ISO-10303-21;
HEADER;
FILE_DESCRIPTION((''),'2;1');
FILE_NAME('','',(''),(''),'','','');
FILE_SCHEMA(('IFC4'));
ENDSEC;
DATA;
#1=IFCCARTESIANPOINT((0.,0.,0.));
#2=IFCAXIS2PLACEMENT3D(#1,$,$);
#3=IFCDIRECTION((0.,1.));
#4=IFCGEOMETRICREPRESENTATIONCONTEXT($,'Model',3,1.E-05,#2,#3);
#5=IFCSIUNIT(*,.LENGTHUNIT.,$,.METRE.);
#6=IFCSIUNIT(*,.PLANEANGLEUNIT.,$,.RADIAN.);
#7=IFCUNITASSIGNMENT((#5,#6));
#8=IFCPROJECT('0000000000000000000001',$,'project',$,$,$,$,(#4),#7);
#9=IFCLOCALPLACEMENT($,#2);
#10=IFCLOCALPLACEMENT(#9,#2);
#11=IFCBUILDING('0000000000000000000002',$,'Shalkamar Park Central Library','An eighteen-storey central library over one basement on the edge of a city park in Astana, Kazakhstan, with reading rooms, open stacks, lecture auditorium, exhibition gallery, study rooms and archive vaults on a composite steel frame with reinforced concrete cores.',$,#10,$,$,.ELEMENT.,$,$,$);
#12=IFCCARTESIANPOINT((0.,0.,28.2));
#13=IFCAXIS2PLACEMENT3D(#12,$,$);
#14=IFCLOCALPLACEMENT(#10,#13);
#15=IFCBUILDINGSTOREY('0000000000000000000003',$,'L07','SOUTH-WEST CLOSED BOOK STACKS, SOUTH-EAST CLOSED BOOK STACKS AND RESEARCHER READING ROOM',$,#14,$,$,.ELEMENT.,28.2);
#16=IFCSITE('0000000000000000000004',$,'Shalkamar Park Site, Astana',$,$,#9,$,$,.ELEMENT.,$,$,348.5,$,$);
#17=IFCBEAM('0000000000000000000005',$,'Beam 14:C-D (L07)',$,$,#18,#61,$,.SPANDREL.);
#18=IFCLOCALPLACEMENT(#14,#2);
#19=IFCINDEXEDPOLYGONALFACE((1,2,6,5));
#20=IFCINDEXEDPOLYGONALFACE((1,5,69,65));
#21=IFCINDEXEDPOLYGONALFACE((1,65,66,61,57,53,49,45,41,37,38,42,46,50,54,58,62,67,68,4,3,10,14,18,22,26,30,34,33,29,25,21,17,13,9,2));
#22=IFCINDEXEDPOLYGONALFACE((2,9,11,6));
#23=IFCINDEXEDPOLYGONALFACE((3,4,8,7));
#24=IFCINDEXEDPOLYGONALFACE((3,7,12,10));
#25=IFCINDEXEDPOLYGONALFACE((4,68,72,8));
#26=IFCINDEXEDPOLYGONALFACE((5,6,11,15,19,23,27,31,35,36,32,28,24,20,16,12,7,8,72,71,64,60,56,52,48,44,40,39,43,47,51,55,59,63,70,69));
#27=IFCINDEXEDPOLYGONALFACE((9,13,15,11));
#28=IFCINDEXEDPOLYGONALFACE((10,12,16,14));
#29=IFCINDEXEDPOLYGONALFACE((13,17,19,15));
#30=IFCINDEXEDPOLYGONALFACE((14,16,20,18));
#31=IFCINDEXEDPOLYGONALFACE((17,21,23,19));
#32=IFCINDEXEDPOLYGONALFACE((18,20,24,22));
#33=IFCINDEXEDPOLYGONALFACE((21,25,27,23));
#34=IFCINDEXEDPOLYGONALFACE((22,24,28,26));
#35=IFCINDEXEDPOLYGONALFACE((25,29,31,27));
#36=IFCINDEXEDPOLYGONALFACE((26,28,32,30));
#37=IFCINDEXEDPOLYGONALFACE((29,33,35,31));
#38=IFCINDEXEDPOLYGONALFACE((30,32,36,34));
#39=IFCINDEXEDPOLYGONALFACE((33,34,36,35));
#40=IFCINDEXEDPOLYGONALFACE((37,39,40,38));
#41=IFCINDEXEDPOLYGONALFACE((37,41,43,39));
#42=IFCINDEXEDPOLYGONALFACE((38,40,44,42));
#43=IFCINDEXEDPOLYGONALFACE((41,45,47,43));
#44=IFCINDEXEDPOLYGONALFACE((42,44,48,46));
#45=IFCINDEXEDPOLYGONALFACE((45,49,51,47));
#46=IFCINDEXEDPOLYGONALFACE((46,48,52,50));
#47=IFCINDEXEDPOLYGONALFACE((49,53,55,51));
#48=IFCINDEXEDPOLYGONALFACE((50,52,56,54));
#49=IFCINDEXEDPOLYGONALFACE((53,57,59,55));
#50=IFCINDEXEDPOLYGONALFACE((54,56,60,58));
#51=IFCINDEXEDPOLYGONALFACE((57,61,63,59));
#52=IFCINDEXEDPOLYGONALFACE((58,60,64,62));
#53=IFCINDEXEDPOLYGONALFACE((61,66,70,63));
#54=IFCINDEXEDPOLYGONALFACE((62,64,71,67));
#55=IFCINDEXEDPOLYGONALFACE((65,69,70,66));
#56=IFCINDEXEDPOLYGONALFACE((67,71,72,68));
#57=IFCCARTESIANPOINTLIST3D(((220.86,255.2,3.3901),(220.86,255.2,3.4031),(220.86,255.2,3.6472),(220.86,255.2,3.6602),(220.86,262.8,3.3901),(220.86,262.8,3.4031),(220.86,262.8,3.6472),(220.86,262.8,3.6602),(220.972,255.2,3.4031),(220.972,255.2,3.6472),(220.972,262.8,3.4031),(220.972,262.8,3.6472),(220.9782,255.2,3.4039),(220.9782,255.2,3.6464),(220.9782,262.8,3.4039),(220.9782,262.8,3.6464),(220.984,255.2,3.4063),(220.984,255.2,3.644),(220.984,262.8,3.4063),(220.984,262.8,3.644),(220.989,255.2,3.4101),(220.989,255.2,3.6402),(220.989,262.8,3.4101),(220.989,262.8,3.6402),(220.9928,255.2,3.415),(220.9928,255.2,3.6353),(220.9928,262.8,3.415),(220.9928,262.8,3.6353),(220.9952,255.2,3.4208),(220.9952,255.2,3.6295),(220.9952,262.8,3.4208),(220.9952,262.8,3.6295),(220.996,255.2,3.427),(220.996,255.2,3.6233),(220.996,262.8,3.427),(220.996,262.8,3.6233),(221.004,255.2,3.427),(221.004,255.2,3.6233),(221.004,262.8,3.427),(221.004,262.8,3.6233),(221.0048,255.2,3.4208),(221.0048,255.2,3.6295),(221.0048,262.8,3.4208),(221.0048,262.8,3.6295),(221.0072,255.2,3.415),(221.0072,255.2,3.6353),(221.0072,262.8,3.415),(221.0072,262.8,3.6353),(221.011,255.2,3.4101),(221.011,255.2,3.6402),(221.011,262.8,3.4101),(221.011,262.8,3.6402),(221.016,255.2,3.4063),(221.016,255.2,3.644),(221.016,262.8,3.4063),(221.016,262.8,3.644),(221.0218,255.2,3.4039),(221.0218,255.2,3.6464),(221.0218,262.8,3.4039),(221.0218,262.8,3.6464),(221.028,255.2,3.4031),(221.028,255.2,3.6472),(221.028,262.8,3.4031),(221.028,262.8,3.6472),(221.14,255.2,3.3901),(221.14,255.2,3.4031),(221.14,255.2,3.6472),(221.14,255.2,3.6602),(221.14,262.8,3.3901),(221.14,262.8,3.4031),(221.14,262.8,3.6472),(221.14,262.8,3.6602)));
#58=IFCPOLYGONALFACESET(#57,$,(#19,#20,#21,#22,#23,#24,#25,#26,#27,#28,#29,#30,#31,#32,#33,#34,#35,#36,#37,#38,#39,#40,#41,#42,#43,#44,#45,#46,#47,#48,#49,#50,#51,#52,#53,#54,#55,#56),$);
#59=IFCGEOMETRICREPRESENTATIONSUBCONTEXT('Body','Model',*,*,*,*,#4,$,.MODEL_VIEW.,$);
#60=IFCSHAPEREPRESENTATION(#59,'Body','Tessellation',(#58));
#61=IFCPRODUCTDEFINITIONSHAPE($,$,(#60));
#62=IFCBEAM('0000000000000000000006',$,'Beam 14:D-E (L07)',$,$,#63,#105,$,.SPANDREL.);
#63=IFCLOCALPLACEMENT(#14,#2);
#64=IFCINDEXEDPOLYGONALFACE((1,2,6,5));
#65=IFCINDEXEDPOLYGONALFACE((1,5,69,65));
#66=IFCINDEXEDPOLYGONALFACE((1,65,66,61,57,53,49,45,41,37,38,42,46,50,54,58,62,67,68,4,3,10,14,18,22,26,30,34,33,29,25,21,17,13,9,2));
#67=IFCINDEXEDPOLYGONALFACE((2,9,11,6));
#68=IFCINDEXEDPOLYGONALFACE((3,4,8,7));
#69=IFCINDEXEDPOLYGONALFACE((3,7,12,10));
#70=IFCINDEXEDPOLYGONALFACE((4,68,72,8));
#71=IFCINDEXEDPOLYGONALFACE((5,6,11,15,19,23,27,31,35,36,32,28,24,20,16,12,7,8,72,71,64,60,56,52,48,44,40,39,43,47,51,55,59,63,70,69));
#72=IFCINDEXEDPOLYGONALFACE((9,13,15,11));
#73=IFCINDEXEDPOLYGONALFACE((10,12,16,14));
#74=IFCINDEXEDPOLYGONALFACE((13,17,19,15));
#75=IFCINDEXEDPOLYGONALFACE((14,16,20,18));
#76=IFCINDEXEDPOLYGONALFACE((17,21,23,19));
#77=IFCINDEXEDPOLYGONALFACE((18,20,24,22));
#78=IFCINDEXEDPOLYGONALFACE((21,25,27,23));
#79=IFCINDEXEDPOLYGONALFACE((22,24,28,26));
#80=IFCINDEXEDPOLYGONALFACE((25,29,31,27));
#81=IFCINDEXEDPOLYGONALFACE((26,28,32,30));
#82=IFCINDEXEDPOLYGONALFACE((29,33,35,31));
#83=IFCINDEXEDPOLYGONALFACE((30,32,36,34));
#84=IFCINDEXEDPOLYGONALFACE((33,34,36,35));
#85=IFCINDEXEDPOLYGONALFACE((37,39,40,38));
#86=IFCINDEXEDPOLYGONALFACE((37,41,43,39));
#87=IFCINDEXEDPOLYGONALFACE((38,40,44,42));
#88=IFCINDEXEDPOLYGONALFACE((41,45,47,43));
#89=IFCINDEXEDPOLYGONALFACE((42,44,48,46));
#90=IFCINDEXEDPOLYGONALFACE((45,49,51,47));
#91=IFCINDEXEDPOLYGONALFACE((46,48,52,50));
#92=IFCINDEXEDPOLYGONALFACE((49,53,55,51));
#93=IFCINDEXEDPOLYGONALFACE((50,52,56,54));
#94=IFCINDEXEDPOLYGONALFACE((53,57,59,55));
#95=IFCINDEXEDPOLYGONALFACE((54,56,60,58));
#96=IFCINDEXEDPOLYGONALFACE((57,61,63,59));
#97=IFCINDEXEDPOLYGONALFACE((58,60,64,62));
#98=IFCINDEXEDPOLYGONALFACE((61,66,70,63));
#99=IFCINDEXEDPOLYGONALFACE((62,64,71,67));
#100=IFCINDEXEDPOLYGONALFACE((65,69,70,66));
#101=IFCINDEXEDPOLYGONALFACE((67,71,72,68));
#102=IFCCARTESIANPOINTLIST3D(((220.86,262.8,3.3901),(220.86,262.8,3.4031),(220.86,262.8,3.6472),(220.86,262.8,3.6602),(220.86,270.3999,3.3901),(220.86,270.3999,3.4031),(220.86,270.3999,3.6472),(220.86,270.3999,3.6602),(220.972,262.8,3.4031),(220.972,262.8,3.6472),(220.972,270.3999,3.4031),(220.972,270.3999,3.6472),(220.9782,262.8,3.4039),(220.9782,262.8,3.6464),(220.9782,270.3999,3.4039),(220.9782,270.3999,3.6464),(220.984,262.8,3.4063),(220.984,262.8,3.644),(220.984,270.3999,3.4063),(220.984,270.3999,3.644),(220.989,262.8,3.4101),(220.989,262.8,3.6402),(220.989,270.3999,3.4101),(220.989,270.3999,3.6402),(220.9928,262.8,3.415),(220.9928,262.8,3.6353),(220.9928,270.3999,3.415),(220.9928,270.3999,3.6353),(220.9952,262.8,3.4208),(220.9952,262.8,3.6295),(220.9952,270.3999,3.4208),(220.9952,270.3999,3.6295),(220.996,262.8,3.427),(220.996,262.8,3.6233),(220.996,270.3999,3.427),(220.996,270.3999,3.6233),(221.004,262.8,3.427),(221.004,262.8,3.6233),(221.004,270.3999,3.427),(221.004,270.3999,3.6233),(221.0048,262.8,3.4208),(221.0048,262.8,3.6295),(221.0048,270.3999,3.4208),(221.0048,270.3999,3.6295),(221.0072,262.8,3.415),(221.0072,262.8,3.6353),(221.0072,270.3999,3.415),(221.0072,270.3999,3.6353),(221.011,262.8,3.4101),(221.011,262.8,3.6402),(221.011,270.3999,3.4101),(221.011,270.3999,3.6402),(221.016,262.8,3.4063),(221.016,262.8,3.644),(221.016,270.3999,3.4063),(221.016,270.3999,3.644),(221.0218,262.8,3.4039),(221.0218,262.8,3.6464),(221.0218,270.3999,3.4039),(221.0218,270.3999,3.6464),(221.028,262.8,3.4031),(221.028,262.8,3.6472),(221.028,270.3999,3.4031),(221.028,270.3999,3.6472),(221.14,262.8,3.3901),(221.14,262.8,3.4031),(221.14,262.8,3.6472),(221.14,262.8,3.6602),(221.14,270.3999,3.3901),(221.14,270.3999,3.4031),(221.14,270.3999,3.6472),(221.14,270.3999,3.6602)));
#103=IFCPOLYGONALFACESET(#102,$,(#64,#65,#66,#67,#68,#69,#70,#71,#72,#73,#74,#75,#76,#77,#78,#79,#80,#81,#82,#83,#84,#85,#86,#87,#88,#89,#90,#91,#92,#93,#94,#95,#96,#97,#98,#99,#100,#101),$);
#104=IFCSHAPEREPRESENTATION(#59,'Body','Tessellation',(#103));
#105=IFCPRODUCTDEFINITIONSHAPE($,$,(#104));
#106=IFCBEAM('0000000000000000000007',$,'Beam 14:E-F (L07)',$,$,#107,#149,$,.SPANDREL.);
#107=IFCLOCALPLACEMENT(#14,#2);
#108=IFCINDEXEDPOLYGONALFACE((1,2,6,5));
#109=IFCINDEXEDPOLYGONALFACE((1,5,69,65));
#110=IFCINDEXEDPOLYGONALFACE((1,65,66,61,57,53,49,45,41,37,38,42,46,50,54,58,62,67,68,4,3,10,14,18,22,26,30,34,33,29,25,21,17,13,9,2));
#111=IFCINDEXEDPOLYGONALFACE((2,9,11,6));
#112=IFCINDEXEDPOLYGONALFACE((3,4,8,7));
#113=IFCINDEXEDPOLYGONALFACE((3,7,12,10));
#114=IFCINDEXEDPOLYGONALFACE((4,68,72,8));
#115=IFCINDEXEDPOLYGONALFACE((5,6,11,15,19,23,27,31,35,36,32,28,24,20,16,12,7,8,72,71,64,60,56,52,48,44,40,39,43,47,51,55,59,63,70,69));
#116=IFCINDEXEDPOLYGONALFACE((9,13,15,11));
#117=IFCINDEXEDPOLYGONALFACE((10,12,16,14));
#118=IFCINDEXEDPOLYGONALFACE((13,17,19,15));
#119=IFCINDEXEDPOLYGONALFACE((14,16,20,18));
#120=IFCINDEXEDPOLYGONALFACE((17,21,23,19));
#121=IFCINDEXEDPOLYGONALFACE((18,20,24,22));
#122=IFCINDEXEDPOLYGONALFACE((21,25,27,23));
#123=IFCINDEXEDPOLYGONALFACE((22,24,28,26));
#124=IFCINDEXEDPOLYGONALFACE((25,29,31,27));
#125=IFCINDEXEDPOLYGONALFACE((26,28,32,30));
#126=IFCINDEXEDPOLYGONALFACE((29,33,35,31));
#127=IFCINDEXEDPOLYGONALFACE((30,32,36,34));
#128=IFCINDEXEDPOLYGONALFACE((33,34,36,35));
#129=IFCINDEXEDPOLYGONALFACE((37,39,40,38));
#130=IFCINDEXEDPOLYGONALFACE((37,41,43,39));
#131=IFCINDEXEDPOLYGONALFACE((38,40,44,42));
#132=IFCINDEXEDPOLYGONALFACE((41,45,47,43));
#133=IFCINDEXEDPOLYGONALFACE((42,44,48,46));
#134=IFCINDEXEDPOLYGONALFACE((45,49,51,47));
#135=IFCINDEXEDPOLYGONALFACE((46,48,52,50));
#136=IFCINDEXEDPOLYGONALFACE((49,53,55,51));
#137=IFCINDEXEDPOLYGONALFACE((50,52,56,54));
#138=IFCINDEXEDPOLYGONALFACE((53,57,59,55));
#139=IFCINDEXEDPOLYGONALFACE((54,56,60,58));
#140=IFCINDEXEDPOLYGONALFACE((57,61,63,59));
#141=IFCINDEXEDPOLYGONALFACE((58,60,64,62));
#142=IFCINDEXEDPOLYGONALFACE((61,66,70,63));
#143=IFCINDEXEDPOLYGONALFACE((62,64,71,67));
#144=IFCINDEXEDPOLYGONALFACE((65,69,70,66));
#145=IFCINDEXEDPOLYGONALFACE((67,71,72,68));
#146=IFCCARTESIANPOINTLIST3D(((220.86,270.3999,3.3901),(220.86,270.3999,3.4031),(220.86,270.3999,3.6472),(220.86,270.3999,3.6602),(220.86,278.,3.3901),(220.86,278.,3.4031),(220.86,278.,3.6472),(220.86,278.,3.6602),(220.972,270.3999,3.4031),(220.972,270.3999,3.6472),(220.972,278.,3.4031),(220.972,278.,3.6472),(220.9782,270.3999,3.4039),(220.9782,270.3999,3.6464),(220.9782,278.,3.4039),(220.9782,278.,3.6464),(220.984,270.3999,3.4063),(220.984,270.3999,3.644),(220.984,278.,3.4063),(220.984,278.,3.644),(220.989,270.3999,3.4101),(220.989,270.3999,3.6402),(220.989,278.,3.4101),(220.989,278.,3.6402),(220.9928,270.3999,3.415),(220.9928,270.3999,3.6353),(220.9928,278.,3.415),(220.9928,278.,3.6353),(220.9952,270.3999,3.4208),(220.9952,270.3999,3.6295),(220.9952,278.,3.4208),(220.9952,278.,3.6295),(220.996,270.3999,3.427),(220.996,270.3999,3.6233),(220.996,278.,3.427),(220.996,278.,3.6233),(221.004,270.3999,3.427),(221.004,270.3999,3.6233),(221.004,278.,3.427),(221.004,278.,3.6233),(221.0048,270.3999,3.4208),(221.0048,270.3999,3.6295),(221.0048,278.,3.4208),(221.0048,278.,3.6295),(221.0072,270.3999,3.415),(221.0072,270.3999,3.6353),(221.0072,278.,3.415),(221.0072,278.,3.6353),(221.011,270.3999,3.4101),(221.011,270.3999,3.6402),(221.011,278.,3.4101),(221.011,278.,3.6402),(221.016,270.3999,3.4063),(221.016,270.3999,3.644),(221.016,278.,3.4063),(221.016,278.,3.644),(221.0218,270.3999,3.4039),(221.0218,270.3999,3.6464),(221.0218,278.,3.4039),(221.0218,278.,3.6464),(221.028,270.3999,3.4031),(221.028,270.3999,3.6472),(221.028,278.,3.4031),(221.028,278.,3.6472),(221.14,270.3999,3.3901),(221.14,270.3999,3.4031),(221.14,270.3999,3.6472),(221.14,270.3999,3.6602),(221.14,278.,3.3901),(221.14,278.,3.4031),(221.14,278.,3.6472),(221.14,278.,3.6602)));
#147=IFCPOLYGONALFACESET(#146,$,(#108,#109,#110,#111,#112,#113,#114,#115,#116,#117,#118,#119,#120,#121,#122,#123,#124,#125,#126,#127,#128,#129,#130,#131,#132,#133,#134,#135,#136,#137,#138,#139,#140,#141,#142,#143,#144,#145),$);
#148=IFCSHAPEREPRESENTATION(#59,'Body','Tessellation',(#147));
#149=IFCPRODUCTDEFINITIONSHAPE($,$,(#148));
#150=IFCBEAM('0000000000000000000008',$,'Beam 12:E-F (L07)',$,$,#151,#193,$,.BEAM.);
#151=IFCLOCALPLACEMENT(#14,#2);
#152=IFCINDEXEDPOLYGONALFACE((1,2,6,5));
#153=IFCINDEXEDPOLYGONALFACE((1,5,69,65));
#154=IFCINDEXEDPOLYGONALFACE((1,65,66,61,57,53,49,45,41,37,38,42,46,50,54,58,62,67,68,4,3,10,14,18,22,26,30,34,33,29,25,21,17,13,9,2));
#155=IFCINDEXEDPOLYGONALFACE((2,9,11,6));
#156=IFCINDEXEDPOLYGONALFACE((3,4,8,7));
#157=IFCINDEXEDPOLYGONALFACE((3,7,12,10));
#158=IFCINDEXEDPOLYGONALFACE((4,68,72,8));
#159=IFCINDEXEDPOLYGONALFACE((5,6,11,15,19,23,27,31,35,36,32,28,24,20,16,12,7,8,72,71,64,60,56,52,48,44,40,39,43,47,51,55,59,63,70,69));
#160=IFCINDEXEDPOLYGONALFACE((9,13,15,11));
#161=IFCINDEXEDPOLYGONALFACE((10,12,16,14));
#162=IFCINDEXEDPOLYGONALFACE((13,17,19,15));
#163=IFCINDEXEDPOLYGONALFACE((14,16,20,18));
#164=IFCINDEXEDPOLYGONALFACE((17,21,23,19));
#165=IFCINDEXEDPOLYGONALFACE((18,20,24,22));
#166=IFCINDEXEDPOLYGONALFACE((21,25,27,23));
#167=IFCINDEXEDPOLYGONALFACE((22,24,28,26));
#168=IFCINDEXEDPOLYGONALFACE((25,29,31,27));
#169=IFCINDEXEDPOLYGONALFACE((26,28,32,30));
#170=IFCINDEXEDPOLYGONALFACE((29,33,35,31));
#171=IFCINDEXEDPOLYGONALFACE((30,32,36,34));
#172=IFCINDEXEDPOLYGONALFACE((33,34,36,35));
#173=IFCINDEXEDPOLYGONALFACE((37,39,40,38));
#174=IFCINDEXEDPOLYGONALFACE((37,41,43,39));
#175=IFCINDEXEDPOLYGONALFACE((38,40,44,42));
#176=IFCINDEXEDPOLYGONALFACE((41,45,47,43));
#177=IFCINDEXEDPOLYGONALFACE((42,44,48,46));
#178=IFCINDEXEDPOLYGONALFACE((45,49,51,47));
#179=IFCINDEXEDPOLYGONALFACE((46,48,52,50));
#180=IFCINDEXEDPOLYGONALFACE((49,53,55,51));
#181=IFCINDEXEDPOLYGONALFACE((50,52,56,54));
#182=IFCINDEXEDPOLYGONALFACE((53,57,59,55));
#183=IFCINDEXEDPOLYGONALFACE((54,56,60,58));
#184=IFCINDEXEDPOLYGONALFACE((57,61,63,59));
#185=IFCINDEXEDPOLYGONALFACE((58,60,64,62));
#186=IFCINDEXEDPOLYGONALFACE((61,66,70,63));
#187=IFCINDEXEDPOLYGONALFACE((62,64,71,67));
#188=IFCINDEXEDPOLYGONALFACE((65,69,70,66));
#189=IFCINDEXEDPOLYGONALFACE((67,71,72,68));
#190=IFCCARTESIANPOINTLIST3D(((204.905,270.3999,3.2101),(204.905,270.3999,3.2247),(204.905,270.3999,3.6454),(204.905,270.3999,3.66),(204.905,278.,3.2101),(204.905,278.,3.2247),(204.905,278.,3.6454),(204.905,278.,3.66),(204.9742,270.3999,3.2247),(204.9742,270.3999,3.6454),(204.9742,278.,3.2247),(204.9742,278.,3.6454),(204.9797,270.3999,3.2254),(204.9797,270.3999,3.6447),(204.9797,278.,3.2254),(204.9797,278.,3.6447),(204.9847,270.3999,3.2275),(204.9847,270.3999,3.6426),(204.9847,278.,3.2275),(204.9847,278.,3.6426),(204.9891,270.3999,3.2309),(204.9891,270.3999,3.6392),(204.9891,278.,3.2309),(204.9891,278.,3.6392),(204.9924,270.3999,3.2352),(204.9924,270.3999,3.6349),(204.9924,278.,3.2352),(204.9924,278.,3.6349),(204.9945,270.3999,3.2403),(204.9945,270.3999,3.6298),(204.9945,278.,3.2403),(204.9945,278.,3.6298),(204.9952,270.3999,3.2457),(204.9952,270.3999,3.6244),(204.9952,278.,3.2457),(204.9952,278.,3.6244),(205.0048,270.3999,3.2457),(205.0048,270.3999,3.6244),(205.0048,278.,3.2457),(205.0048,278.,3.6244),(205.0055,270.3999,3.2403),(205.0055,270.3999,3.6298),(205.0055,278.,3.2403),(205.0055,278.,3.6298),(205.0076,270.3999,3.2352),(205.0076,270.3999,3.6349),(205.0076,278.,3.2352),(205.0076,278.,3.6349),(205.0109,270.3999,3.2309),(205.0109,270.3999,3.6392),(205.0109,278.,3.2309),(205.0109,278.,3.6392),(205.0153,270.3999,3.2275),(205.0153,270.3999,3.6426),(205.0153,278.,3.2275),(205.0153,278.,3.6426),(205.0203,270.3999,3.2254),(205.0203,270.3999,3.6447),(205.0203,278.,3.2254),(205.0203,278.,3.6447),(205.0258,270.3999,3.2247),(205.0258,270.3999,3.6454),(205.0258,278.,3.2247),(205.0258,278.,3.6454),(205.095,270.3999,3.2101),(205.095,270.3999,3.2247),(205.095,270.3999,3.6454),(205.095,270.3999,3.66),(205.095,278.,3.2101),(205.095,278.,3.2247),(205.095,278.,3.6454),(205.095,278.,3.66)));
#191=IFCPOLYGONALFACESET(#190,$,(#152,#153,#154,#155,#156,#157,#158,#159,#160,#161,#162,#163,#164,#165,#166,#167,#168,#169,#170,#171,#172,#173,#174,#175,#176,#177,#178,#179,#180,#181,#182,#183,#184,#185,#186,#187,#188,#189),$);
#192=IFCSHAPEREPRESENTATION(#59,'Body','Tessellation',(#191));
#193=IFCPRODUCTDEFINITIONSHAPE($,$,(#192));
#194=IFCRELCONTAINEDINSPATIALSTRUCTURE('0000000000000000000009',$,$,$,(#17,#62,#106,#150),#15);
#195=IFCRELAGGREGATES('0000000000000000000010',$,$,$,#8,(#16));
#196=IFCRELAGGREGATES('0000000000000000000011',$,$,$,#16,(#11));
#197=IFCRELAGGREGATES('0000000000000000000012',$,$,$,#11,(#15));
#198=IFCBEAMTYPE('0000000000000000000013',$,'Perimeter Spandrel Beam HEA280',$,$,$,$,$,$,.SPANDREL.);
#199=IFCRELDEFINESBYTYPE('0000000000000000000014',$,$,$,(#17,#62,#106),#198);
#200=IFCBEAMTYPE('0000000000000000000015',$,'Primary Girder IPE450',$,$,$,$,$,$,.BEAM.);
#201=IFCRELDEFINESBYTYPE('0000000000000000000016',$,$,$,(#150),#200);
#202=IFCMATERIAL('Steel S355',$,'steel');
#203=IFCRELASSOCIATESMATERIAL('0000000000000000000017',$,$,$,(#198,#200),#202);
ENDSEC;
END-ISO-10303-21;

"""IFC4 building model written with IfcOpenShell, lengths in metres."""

from ifc_helpers import new_model, si_unit, direction, frame, origin, origin_2d, place, context, subcontext, project, spatial, i_section, extrude, material, material_profile, profile_set, type_object, element, save


model = new_model("IFC4")

# Units and contexts
model_context = context("Model", 3, precision=1e-05, world=origin(), true_north=direction((0.0, 1.0)))
body_context = subcontext(model_context, "Body", "Model", "MODEL_VIEW")
ifc_project = project(units=[si_unit("LENGTHUNIT", "METRE"), si_unit("PLANEANGLEUNIT", "RADIAN")], contexts=[model_context])

# Site, building, storey
site_placement = place(None, origin())
site = spatial("IfcSite", under=ifc_project, at=site_placement, Name="Shalkamar Park Site, Astana", CompositionType="ELEMENT", RefElevation=348.5)
building_placement = place(site_placement, origin())
building = spatial("IfcBuilding", under=site, at=building_placement, Name="Shalkamar Park Central Library", Description="An eighteen-storey central library over one basement on the edge of a city park in Astana, Kazakhstan, with reading rooms, open stacks, lecture auditorium, exhibition gallery, study rooms and archive vaults on a composite steel frame with reinforced concrete cores.", CompositionType="ELEMENT")
storey_placement = place(building_placement, frame((0.0, 0.0, 28.2)))
storey = spatial("IfcBuildingStorey", under=building, at=storey_placement, Name="L07", Description="SOUTH-WEST CLOSED BOOK STACKS, SOUTH-EAST CLOSED BOOK STACKS AND RESEARCHER READING ROOM", CompositionType="ELEMENT", Elevation=28.2)

# Shared definitions
ifc_material_1 = material(Name="Steel S355", Category="steel")

# Beams
ifc_material_profile_1 = material_profile(ifc_material_1, i_section(OverallWidth=0.28, OverallDepth=0.27, WebThickness=0.0081, FlangeThickness=0.0129, FilletRadius=0.0239, at=origin_2d()), Name="HEA 280")
ifc_profile_set_1 = profile_set([ifc_material_profile_1], Name="Steel S355")
beam_type_1 = type_object("IfcBeamType", Name="Perimeter Spandrel Beam HEA280", PredefinedType="SPANDREL", material=ifc_profile_set_1)
beam_1_placement = place(storey_placement, frame((221.0, 255.2, 3.5251), z_axis=(0.0, 1.0, 0.0), x_axis=(-1.0, 0.0, 0.0)))
element("IfcBeam", 1, at=beam_1_placement, inside=storey, type_object=beam_type_1, Name="Beam 14:C-D (L07)", PredefinedType="SPANDREL", context=body_context, shape_type="SweptSolid", body=[
    extrude(i_section(OverallWidth=0.28, OverallDepth=0.27, WebThickness=0.0081, FlangeThickness=0.0129, FilletRadius=0.0239, at=origin_2d()), origin(), (0.0, 0.0, 1.0), 7.6001),
])
beam_2_placement = place(storey_placement, frame((221.0, 262.8, 3.5251), z_axis=(0.0, 1.0, 0.0), x_axis=(-1.0, 0.0, 0.0)))
element("IfcBeam", 2, at=beam_2_placement, inside=storey, type_object=beam_type_1, Name="Beam 14:D-E (L07)", PredefinedType="SPANDREL", context=body_context, shape_type="SweptSolid", body=[
    extrude(i_section(OverallWidth=0.28, OverallDepth=0.27, WebThickness=0.0081, FlangeThickness=0.0129, FilletRadius=0.0239, at=origin_2d()), origin(), (0.0, 0.0, 1.0), 7.5999),
])
beam_3_placement = place(storey_placement, frame((221.0, 270.3999, 3.5251), z_axis=(0.0, 1.0, 0.0), x_axis=(-1.0, 0.0, 0.0)))
element("IfcBeam", 3, at=beam_3_placement, inside=storey, type_object=beam_type_1, Name="Beam 14:E-F (L07)", PredefinedType="SPANDREL", context=body_context, shape_type="SweptSolid", body=[
    extrude(i_section(OverallWidth=0.28, OverallDepth=0.27, WebThickness=0.0081, FlangeThickness=0.0129, FilletRadius=0.0239, at=origin_2d()), origin(), (0.0, 0.0, 1.0), 7.6001),
])
ifc_material_profile_2 = material_profile(ifc_material_1, i_section(OverallWidth=0.1899, OverallDepth=0.45, WebThickness=0.0095, FlangeThickness=0.0146, FilletRadius=0.021, at=origin_2d()), Name="IPE 450")
ifc_profile_set_2 = profile_set([ifc_material_profile_2], Name="Steel S355")
beam_type_2 = type_object("IfcBeamType", Name="Primary Girder IPE450", PredefinedType="BEAM", material=ifc_profile_set_2)
for number, where, z_axis, x_axis, name in (
    (4, (205.0, 270.3999, 3.4351), (0.0, 1.0, 0.0), (-1.0, 0.0, 0.0), "Beam 12:E-F (L07)"),
):
    element("IfcBeam", number, at=place(storey_placement, frame(where, z_axis=z_axis, x_axis=x_axis)), inside=storey, type_object=beam_type_2, Name=name, PredefinedType="BEAM", context=body_context, shape_type="SweptSolid", body=[
        extrude(i_section(OverallWidth=0.1899, OverallDepth=0.45, WebThickness=0.0095, FlangeThickness=0.0146, FilletRadius=0.021, at=origin_2d()), origin(), (0.0, 0.0, 1.0), 7.6001),
    ])

save(model, "model.ifc")
